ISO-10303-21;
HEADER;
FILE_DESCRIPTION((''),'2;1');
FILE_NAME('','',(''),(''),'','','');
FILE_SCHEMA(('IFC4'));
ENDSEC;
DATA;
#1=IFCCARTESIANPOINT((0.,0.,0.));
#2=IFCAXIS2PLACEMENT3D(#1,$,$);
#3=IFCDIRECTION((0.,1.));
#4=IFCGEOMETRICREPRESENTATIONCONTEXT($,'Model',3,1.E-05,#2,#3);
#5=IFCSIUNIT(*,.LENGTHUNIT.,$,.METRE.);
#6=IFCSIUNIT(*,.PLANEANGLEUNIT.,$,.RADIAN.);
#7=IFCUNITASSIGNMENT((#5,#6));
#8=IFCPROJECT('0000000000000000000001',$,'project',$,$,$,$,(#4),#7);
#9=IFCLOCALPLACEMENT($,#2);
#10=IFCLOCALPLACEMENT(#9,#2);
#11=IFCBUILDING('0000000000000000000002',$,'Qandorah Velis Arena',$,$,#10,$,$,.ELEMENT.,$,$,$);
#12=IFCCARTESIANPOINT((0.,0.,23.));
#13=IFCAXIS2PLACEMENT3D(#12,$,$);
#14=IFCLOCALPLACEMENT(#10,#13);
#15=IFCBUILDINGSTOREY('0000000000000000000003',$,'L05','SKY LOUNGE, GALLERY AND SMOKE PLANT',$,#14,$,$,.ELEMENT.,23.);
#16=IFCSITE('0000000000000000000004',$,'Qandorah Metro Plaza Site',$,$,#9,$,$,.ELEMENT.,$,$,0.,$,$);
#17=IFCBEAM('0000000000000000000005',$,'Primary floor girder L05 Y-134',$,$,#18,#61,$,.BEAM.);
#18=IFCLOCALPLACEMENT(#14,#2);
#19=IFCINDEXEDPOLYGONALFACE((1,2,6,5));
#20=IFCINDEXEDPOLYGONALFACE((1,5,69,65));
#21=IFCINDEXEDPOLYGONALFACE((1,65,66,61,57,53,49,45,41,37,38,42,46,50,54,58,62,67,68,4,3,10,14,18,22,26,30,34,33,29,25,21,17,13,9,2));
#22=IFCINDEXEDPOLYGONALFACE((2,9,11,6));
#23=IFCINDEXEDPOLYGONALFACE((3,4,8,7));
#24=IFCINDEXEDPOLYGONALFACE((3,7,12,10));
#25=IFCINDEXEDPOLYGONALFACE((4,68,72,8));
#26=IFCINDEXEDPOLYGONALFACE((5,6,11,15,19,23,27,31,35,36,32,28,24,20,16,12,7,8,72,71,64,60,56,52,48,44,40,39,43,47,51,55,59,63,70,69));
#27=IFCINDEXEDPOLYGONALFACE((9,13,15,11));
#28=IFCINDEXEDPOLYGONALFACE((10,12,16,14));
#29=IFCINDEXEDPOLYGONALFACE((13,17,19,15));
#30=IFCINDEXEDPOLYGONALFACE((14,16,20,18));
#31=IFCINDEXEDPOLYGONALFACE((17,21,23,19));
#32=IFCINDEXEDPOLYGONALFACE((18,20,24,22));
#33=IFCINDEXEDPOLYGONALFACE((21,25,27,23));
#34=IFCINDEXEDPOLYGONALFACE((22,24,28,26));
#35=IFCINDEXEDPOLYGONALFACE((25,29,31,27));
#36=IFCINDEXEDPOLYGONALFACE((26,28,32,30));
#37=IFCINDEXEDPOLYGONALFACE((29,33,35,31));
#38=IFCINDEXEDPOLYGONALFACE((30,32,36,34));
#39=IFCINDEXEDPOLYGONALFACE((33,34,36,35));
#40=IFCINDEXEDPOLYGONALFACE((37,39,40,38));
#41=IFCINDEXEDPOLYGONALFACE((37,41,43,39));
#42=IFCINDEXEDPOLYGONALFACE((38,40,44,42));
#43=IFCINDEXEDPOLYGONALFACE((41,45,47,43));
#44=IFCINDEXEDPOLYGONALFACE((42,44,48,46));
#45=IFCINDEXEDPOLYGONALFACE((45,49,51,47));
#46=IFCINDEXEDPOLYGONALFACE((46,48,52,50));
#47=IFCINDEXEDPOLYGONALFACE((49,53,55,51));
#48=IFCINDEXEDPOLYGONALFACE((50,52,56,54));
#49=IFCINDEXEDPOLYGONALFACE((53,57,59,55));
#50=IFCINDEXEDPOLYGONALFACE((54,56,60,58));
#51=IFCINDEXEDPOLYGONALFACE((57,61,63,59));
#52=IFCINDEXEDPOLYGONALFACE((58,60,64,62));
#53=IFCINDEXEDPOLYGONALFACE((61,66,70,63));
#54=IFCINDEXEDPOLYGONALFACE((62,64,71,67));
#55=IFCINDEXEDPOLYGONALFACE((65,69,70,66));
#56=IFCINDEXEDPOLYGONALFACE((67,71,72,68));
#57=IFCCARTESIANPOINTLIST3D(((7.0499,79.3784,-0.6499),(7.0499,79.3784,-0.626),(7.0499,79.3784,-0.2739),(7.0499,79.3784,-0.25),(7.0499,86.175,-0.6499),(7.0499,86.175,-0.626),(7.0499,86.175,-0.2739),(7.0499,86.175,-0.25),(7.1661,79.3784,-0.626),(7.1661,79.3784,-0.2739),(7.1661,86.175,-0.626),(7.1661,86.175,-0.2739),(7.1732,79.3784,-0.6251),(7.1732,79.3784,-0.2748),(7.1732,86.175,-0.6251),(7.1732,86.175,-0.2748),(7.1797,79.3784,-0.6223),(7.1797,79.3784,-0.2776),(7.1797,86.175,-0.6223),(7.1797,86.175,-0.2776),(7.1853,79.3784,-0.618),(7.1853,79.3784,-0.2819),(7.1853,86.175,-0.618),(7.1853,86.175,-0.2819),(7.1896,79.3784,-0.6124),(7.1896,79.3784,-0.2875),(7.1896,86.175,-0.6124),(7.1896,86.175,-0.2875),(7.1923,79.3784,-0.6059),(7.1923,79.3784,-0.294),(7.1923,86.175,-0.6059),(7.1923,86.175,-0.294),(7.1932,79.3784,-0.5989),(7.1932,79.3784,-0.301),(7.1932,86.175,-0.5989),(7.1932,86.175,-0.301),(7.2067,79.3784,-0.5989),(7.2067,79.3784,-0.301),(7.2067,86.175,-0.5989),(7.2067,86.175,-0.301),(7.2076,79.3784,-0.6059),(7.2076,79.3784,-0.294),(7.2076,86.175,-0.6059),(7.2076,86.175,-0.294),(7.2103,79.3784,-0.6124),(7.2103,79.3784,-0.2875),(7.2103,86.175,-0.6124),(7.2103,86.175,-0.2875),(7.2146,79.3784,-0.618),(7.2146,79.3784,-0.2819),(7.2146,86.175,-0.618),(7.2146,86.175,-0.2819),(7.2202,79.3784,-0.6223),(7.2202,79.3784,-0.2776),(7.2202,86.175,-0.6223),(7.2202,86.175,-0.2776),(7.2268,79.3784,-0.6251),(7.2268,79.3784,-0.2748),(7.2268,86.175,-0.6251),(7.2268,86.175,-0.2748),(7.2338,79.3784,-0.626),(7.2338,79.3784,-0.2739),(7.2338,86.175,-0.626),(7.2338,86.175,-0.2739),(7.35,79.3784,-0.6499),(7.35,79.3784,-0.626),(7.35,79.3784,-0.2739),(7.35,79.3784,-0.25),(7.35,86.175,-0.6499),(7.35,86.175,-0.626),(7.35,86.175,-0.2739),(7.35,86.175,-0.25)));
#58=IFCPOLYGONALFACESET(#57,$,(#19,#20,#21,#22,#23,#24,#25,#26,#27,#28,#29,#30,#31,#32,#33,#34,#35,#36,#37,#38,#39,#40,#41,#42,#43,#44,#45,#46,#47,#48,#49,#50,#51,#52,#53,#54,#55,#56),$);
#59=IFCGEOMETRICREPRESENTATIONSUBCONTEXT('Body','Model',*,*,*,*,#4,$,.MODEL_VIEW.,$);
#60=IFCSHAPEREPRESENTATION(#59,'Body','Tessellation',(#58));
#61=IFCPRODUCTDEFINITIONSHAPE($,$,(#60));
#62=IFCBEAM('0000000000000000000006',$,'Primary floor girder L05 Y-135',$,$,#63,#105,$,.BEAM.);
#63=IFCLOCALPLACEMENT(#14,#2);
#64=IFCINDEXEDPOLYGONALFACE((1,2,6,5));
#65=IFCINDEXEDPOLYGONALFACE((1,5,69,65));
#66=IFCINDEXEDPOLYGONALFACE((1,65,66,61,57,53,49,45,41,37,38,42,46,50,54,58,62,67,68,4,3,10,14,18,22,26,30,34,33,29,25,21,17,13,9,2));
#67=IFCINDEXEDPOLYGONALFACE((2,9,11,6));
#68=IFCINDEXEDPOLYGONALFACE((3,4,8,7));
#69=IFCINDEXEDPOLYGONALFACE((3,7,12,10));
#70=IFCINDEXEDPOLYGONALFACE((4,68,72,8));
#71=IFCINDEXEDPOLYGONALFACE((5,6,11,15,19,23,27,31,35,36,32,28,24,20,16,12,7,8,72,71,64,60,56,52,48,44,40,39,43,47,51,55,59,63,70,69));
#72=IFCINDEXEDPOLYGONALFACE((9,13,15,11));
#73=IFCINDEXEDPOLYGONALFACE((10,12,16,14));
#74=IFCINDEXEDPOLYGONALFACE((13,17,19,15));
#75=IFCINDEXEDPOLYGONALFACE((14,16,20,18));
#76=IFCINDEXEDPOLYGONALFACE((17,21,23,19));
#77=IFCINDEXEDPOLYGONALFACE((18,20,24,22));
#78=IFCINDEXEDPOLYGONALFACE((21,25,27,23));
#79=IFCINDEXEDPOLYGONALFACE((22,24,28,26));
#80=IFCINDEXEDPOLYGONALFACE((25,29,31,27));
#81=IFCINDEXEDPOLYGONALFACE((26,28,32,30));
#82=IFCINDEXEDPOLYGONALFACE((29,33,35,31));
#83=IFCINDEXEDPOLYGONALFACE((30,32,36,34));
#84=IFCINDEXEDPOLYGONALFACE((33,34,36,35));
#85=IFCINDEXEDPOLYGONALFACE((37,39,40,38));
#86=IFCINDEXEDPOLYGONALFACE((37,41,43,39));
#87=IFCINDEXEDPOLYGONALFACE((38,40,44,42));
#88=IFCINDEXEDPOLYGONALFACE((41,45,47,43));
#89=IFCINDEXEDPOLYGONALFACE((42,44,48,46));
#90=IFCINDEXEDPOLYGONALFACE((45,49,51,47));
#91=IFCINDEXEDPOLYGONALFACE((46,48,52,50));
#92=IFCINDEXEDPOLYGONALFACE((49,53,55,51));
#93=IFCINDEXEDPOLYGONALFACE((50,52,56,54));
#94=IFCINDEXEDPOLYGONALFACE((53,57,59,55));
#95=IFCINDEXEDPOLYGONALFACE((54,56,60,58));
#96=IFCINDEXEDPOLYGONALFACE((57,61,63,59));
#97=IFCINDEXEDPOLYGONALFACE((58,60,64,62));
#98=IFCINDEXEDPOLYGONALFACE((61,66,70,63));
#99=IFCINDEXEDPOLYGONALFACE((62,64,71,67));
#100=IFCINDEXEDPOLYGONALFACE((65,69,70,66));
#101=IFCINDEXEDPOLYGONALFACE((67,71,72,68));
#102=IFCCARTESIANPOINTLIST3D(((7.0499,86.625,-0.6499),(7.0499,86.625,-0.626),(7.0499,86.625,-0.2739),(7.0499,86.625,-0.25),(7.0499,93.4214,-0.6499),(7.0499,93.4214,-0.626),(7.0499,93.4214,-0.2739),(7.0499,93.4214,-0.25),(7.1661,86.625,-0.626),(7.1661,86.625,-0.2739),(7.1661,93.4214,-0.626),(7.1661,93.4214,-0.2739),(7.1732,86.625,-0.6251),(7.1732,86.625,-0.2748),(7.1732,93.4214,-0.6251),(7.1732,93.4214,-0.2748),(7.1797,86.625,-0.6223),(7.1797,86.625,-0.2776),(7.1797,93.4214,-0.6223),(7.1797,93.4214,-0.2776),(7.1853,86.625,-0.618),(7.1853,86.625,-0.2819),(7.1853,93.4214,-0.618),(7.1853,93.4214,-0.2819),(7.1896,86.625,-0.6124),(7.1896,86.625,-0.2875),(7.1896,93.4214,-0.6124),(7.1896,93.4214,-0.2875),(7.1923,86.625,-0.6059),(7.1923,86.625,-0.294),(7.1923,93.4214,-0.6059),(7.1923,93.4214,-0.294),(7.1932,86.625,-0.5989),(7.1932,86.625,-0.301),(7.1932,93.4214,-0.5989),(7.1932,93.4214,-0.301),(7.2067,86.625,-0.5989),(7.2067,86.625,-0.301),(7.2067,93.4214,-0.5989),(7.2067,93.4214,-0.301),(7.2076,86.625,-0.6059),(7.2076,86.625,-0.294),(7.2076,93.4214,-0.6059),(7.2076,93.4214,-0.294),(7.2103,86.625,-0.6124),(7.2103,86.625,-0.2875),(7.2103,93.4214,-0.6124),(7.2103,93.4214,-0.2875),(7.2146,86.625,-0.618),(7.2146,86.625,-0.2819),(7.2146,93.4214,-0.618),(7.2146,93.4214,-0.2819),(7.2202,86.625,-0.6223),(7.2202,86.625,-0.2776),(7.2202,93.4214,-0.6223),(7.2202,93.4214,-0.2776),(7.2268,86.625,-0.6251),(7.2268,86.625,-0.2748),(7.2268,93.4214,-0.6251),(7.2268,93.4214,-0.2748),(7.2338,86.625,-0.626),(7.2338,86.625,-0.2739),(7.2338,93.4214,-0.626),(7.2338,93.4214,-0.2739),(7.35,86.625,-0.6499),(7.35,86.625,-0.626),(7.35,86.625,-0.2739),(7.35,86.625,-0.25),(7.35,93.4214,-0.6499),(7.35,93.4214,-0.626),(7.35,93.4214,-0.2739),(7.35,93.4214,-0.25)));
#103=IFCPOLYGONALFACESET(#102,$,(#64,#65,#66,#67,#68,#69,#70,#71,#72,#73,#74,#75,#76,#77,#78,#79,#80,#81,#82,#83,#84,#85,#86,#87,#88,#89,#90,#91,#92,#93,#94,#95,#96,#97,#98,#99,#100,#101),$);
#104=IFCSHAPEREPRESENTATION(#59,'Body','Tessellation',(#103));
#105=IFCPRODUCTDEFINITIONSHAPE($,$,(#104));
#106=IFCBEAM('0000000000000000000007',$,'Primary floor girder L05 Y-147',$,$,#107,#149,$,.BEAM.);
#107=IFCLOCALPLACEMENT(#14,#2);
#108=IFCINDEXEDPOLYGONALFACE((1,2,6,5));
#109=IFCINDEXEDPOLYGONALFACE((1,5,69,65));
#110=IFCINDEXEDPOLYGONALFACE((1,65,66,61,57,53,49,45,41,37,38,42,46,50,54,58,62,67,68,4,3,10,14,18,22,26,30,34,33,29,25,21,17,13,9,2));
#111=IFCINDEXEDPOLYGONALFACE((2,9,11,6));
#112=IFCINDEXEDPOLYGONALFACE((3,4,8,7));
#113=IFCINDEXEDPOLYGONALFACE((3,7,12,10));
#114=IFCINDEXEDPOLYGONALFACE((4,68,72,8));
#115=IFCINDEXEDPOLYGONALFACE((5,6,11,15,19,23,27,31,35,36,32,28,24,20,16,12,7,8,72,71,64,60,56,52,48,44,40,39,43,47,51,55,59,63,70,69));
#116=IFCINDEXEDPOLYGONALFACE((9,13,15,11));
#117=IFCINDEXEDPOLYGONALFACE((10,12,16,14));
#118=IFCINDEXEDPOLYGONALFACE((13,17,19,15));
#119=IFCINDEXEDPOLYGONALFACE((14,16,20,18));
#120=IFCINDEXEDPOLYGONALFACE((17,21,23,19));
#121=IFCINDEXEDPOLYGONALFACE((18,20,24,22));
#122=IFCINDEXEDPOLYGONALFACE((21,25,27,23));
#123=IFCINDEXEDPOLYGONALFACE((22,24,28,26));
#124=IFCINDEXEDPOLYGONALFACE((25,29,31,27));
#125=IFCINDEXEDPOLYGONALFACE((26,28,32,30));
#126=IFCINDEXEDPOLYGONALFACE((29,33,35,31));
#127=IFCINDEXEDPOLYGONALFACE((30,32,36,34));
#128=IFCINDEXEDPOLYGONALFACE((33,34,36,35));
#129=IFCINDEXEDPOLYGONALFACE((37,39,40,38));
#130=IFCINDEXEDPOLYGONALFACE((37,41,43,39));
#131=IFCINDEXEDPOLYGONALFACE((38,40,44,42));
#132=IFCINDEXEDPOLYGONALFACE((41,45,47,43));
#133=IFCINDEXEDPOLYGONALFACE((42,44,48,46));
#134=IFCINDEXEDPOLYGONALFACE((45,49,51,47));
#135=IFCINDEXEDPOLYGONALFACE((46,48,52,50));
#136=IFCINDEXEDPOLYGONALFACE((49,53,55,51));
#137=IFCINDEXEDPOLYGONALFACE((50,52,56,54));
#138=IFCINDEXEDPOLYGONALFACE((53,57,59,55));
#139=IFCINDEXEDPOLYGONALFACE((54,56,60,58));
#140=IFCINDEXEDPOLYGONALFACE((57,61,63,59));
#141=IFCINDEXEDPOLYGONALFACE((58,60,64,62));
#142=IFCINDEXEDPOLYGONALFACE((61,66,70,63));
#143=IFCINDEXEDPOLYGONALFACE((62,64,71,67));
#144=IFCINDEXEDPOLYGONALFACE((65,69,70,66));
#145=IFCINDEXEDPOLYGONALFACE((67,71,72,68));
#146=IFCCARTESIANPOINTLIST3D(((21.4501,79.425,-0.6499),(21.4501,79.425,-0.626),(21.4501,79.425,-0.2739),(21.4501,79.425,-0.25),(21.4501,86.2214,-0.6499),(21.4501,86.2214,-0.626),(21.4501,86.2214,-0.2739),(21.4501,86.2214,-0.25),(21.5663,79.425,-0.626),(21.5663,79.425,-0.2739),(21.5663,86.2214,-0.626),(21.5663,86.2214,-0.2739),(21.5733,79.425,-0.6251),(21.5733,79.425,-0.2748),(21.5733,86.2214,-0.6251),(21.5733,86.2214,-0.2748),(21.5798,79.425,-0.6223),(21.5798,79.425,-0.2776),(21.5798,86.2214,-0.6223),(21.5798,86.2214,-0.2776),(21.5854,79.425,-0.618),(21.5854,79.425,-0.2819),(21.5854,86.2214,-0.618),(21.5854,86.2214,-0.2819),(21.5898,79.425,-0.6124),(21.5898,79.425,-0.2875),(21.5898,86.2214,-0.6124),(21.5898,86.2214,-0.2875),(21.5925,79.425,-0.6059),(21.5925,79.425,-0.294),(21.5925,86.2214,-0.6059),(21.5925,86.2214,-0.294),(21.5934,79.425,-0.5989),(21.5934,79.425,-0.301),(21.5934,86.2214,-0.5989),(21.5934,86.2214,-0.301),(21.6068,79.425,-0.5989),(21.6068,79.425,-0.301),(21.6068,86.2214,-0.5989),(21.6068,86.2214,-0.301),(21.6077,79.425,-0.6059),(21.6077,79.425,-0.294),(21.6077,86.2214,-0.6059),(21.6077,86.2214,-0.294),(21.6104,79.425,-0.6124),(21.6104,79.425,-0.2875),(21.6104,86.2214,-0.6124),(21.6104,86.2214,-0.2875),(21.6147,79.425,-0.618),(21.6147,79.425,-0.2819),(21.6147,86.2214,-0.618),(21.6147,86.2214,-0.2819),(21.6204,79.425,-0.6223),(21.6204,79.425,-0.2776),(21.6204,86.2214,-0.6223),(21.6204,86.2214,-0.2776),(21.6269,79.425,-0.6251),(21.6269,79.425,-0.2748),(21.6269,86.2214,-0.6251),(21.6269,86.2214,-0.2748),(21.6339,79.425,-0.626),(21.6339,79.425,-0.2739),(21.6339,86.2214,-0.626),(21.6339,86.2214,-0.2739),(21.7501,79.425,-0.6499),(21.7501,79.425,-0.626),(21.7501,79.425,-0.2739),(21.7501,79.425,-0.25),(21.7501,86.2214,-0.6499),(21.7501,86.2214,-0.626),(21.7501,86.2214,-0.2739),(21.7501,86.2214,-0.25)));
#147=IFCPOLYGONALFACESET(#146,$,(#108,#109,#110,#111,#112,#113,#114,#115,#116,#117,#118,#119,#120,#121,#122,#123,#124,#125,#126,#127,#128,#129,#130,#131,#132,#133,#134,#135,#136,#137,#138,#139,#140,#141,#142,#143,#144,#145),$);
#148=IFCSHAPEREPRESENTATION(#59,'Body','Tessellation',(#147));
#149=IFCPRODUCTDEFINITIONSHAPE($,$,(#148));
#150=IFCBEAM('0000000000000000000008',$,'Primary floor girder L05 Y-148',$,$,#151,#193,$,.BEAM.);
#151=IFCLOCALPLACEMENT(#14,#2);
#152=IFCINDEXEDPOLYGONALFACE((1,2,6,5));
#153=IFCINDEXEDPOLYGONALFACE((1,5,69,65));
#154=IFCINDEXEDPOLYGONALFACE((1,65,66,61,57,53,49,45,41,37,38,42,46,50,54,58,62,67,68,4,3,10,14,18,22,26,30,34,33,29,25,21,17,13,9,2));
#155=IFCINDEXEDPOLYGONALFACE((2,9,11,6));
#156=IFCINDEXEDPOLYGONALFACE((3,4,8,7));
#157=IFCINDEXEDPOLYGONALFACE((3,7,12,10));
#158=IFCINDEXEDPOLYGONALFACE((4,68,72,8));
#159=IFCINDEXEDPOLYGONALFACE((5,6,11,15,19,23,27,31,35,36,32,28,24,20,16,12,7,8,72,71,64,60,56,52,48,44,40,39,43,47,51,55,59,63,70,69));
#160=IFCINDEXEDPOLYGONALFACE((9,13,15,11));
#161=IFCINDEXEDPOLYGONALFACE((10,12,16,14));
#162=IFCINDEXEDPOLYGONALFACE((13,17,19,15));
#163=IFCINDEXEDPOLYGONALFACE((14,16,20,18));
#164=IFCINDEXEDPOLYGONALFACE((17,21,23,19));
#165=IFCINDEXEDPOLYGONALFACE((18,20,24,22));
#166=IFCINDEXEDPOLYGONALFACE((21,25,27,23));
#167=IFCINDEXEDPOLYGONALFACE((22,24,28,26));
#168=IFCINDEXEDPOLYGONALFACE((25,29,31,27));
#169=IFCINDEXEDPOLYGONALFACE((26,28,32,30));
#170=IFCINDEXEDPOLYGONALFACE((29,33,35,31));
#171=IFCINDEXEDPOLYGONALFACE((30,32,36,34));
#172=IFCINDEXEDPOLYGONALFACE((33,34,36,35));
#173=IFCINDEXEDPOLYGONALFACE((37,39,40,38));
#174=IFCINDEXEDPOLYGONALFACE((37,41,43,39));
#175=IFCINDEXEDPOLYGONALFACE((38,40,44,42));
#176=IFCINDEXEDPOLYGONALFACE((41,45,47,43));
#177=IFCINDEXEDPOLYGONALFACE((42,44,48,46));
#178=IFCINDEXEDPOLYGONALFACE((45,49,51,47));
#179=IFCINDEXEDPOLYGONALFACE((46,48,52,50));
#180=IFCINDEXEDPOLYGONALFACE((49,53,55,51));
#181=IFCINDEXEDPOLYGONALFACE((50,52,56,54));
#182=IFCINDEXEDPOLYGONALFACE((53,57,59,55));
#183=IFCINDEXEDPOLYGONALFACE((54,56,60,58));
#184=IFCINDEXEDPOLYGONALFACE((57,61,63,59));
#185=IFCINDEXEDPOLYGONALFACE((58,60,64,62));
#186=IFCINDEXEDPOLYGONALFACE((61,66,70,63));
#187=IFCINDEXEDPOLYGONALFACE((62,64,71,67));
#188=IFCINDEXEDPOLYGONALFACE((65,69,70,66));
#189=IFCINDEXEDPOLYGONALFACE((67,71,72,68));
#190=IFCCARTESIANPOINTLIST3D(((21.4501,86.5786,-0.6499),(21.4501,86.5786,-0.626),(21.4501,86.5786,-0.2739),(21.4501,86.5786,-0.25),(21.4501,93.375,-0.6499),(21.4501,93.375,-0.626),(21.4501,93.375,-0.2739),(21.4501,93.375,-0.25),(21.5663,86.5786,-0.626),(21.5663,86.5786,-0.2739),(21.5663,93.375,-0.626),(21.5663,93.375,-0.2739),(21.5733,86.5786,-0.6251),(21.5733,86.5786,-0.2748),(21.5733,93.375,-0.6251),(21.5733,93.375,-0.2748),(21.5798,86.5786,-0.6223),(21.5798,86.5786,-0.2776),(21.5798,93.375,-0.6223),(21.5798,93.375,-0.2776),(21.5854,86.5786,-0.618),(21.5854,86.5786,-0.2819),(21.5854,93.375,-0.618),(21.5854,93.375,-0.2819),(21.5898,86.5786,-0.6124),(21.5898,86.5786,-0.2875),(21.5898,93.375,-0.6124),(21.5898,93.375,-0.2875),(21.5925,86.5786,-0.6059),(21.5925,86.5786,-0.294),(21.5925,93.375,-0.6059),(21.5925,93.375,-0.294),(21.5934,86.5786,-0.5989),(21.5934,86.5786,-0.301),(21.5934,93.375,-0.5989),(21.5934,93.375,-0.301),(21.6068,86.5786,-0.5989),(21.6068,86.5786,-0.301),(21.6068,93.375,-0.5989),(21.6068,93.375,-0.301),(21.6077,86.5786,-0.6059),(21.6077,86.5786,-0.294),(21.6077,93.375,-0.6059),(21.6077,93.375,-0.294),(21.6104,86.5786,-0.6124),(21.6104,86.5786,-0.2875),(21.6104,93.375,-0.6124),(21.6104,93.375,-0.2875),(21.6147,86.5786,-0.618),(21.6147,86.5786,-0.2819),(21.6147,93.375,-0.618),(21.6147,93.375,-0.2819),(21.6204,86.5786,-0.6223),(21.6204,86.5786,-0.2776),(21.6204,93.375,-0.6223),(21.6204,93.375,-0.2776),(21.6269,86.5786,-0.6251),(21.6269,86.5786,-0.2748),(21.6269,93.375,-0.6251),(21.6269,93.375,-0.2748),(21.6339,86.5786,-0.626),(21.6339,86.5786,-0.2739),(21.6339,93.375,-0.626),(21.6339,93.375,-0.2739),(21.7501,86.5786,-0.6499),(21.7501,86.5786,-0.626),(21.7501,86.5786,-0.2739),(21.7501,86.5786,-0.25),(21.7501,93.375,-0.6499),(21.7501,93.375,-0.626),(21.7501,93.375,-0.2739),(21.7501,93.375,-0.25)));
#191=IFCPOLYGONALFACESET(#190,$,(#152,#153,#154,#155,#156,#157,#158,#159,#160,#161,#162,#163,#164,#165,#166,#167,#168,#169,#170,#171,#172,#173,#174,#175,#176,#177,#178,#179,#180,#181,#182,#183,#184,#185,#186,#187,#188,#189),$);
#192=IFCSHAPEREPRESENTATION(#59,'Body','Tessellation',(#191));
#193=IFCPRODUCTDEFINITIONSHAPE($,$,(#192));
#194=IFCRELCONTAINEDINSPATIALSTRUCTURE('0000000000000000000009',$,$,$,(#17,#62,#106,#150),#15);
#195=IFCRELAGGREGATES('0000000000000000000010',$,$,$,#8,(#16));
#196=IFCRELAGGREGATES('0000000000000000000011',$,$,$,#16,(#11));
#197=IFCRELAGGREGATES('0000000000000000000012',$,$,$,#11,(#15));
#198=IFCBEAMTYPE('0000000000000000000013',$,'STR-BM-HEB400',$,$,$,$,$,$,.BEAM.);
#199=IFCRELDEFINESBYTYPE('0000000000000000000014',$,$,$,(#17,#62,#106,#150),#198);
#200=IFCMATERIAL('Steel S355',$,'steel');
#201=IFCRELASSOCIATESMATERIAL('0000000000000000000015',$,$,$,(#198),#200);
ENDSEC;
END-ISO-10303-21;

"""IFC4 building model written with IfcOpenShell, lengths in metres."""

from ifc_helpers import new_model, si_unit, direction, frame, origin, origin_2d, place, context, subcontext, project, spatial, i_section, extrude, material, material_profile, profile_set, type_object, element, save


model = new_model("IFC4")

# Units and contexts
model_context = context("Model", 3, precision=1e-05, world=origin(), true_north=direction((0.0, 1.0)))
body_context = subcontext(model_context, "Body", "Model", "MODEL_VIEW")
ifc_project = project(units=[si_unit("LENGTHUNIT", "METRE"), si_unit("PLANEANGLEUNIT", "RADIAN")], contexts=[model_context])

# Site, building, storey
site_placement = place(None, origin())
site = spatial("IfcSite", under=ifc_project, at=site_placement, Name="Qandorah Metro Plaza Site", CompositionType="ELEMENT", RefElevation=0.0)
building_placement = place(site_placement, origin())
building = spatial("IfcBuilding", under=site, at=building_placement, Name="Qandorah Velis Arena", CompositionType="ELEMENT")
storey_placement = place(building_placement, frame((0.0, 0.0, 23.0)))
storey = spatial("IfcBuildingStorey", under=building, at=storey_placement, Name="L05", Description="SKY LOUNGE, GALLERY AND SMOKE PLANT", CompositionType="ELEMENT", Elevation=23.0)

# Beams
ifc_material_1 = material(Name="Steel S355", Category="steel")
ifc_material_profile_1 = material_profile(ifc_material_1, i_section(OverallWidth=0.3, OverallDepth=0.3999, WebThickness=0.0134, FlangeThickness=0.0239, FilletRadius=0.0271, at=origin_2d()), Name="HEB 400")
ifc_profile_set_1 = profile_set([ifc_material_profile_1], Name="Steel S355")
beam_type_1 = type_object("IfcBeamType", Name="STR-BM-HEB400", PredefinedType="BEAM", material=ifc_profile_set_1)
beam_1_placement = place(storey_placement, frame((7.2, 79.3784, -0.45), z_axis=(0.0, 1.0, 0.0), x_axis=(-1.0, 0.0, 0.0)))
element("IfcBeam", 1, at=beam_1_placement, inside=storey, type_object=beam_type_1, Name="Primary floor girder L05 Y-134", PredefinedType="BEAM", context=body_context, shape_type="SweptSolid", body=[
    extrude(i_section(OverallWidth=0.3, OverallDepth=0.3999, WebThickness=0.0134, FlangeThickness=0.0239, FilletRadius=0.0271, at=origin_2d()), origin(), (0.0, 0.0, 1.0), 6.7966),
])
for number, where, z_axis, x_axis, name in (
    (2, (7.2, 86.625, -0.45), (0.0, 1.0, 0.0), (-1.0, 0.0, 0.0), "Primary floor girder L05 Y-135"),
    (3, (21.6001, 79.425, -0.45), (0.0, 1.0, 0.0), (-1.0, 0.0, 0.0), "Primary floor girder L05 Y-147"),
    (4, (21.6001, 86.5786, -0.45), (0.0, 1.0, 0.0), (-1.0, 0.0, 0.0), "Primary floor girder L05 Y-148"),
):
    element("IfcBeam", number, at=place(storey_placement, frame(where, z_axis=z_axis, x_axis=x_axis)), inside=storey, type_object=beam_type_1, Name=name, PredefinedType="BEAM", context=body_context, shape_type="SweptSolid", body=[
        extrude(i_section(OverallWidth=0.3, OverallDepth=0.3999, WebThickness=0.0134, FlangeThickness=0.0239, FilletRadius=0.0271, at=origin_2d()), origin(), (0.0, 0.0, 1.0), 6.7964),
    ])

save(model, "model.ifc")
